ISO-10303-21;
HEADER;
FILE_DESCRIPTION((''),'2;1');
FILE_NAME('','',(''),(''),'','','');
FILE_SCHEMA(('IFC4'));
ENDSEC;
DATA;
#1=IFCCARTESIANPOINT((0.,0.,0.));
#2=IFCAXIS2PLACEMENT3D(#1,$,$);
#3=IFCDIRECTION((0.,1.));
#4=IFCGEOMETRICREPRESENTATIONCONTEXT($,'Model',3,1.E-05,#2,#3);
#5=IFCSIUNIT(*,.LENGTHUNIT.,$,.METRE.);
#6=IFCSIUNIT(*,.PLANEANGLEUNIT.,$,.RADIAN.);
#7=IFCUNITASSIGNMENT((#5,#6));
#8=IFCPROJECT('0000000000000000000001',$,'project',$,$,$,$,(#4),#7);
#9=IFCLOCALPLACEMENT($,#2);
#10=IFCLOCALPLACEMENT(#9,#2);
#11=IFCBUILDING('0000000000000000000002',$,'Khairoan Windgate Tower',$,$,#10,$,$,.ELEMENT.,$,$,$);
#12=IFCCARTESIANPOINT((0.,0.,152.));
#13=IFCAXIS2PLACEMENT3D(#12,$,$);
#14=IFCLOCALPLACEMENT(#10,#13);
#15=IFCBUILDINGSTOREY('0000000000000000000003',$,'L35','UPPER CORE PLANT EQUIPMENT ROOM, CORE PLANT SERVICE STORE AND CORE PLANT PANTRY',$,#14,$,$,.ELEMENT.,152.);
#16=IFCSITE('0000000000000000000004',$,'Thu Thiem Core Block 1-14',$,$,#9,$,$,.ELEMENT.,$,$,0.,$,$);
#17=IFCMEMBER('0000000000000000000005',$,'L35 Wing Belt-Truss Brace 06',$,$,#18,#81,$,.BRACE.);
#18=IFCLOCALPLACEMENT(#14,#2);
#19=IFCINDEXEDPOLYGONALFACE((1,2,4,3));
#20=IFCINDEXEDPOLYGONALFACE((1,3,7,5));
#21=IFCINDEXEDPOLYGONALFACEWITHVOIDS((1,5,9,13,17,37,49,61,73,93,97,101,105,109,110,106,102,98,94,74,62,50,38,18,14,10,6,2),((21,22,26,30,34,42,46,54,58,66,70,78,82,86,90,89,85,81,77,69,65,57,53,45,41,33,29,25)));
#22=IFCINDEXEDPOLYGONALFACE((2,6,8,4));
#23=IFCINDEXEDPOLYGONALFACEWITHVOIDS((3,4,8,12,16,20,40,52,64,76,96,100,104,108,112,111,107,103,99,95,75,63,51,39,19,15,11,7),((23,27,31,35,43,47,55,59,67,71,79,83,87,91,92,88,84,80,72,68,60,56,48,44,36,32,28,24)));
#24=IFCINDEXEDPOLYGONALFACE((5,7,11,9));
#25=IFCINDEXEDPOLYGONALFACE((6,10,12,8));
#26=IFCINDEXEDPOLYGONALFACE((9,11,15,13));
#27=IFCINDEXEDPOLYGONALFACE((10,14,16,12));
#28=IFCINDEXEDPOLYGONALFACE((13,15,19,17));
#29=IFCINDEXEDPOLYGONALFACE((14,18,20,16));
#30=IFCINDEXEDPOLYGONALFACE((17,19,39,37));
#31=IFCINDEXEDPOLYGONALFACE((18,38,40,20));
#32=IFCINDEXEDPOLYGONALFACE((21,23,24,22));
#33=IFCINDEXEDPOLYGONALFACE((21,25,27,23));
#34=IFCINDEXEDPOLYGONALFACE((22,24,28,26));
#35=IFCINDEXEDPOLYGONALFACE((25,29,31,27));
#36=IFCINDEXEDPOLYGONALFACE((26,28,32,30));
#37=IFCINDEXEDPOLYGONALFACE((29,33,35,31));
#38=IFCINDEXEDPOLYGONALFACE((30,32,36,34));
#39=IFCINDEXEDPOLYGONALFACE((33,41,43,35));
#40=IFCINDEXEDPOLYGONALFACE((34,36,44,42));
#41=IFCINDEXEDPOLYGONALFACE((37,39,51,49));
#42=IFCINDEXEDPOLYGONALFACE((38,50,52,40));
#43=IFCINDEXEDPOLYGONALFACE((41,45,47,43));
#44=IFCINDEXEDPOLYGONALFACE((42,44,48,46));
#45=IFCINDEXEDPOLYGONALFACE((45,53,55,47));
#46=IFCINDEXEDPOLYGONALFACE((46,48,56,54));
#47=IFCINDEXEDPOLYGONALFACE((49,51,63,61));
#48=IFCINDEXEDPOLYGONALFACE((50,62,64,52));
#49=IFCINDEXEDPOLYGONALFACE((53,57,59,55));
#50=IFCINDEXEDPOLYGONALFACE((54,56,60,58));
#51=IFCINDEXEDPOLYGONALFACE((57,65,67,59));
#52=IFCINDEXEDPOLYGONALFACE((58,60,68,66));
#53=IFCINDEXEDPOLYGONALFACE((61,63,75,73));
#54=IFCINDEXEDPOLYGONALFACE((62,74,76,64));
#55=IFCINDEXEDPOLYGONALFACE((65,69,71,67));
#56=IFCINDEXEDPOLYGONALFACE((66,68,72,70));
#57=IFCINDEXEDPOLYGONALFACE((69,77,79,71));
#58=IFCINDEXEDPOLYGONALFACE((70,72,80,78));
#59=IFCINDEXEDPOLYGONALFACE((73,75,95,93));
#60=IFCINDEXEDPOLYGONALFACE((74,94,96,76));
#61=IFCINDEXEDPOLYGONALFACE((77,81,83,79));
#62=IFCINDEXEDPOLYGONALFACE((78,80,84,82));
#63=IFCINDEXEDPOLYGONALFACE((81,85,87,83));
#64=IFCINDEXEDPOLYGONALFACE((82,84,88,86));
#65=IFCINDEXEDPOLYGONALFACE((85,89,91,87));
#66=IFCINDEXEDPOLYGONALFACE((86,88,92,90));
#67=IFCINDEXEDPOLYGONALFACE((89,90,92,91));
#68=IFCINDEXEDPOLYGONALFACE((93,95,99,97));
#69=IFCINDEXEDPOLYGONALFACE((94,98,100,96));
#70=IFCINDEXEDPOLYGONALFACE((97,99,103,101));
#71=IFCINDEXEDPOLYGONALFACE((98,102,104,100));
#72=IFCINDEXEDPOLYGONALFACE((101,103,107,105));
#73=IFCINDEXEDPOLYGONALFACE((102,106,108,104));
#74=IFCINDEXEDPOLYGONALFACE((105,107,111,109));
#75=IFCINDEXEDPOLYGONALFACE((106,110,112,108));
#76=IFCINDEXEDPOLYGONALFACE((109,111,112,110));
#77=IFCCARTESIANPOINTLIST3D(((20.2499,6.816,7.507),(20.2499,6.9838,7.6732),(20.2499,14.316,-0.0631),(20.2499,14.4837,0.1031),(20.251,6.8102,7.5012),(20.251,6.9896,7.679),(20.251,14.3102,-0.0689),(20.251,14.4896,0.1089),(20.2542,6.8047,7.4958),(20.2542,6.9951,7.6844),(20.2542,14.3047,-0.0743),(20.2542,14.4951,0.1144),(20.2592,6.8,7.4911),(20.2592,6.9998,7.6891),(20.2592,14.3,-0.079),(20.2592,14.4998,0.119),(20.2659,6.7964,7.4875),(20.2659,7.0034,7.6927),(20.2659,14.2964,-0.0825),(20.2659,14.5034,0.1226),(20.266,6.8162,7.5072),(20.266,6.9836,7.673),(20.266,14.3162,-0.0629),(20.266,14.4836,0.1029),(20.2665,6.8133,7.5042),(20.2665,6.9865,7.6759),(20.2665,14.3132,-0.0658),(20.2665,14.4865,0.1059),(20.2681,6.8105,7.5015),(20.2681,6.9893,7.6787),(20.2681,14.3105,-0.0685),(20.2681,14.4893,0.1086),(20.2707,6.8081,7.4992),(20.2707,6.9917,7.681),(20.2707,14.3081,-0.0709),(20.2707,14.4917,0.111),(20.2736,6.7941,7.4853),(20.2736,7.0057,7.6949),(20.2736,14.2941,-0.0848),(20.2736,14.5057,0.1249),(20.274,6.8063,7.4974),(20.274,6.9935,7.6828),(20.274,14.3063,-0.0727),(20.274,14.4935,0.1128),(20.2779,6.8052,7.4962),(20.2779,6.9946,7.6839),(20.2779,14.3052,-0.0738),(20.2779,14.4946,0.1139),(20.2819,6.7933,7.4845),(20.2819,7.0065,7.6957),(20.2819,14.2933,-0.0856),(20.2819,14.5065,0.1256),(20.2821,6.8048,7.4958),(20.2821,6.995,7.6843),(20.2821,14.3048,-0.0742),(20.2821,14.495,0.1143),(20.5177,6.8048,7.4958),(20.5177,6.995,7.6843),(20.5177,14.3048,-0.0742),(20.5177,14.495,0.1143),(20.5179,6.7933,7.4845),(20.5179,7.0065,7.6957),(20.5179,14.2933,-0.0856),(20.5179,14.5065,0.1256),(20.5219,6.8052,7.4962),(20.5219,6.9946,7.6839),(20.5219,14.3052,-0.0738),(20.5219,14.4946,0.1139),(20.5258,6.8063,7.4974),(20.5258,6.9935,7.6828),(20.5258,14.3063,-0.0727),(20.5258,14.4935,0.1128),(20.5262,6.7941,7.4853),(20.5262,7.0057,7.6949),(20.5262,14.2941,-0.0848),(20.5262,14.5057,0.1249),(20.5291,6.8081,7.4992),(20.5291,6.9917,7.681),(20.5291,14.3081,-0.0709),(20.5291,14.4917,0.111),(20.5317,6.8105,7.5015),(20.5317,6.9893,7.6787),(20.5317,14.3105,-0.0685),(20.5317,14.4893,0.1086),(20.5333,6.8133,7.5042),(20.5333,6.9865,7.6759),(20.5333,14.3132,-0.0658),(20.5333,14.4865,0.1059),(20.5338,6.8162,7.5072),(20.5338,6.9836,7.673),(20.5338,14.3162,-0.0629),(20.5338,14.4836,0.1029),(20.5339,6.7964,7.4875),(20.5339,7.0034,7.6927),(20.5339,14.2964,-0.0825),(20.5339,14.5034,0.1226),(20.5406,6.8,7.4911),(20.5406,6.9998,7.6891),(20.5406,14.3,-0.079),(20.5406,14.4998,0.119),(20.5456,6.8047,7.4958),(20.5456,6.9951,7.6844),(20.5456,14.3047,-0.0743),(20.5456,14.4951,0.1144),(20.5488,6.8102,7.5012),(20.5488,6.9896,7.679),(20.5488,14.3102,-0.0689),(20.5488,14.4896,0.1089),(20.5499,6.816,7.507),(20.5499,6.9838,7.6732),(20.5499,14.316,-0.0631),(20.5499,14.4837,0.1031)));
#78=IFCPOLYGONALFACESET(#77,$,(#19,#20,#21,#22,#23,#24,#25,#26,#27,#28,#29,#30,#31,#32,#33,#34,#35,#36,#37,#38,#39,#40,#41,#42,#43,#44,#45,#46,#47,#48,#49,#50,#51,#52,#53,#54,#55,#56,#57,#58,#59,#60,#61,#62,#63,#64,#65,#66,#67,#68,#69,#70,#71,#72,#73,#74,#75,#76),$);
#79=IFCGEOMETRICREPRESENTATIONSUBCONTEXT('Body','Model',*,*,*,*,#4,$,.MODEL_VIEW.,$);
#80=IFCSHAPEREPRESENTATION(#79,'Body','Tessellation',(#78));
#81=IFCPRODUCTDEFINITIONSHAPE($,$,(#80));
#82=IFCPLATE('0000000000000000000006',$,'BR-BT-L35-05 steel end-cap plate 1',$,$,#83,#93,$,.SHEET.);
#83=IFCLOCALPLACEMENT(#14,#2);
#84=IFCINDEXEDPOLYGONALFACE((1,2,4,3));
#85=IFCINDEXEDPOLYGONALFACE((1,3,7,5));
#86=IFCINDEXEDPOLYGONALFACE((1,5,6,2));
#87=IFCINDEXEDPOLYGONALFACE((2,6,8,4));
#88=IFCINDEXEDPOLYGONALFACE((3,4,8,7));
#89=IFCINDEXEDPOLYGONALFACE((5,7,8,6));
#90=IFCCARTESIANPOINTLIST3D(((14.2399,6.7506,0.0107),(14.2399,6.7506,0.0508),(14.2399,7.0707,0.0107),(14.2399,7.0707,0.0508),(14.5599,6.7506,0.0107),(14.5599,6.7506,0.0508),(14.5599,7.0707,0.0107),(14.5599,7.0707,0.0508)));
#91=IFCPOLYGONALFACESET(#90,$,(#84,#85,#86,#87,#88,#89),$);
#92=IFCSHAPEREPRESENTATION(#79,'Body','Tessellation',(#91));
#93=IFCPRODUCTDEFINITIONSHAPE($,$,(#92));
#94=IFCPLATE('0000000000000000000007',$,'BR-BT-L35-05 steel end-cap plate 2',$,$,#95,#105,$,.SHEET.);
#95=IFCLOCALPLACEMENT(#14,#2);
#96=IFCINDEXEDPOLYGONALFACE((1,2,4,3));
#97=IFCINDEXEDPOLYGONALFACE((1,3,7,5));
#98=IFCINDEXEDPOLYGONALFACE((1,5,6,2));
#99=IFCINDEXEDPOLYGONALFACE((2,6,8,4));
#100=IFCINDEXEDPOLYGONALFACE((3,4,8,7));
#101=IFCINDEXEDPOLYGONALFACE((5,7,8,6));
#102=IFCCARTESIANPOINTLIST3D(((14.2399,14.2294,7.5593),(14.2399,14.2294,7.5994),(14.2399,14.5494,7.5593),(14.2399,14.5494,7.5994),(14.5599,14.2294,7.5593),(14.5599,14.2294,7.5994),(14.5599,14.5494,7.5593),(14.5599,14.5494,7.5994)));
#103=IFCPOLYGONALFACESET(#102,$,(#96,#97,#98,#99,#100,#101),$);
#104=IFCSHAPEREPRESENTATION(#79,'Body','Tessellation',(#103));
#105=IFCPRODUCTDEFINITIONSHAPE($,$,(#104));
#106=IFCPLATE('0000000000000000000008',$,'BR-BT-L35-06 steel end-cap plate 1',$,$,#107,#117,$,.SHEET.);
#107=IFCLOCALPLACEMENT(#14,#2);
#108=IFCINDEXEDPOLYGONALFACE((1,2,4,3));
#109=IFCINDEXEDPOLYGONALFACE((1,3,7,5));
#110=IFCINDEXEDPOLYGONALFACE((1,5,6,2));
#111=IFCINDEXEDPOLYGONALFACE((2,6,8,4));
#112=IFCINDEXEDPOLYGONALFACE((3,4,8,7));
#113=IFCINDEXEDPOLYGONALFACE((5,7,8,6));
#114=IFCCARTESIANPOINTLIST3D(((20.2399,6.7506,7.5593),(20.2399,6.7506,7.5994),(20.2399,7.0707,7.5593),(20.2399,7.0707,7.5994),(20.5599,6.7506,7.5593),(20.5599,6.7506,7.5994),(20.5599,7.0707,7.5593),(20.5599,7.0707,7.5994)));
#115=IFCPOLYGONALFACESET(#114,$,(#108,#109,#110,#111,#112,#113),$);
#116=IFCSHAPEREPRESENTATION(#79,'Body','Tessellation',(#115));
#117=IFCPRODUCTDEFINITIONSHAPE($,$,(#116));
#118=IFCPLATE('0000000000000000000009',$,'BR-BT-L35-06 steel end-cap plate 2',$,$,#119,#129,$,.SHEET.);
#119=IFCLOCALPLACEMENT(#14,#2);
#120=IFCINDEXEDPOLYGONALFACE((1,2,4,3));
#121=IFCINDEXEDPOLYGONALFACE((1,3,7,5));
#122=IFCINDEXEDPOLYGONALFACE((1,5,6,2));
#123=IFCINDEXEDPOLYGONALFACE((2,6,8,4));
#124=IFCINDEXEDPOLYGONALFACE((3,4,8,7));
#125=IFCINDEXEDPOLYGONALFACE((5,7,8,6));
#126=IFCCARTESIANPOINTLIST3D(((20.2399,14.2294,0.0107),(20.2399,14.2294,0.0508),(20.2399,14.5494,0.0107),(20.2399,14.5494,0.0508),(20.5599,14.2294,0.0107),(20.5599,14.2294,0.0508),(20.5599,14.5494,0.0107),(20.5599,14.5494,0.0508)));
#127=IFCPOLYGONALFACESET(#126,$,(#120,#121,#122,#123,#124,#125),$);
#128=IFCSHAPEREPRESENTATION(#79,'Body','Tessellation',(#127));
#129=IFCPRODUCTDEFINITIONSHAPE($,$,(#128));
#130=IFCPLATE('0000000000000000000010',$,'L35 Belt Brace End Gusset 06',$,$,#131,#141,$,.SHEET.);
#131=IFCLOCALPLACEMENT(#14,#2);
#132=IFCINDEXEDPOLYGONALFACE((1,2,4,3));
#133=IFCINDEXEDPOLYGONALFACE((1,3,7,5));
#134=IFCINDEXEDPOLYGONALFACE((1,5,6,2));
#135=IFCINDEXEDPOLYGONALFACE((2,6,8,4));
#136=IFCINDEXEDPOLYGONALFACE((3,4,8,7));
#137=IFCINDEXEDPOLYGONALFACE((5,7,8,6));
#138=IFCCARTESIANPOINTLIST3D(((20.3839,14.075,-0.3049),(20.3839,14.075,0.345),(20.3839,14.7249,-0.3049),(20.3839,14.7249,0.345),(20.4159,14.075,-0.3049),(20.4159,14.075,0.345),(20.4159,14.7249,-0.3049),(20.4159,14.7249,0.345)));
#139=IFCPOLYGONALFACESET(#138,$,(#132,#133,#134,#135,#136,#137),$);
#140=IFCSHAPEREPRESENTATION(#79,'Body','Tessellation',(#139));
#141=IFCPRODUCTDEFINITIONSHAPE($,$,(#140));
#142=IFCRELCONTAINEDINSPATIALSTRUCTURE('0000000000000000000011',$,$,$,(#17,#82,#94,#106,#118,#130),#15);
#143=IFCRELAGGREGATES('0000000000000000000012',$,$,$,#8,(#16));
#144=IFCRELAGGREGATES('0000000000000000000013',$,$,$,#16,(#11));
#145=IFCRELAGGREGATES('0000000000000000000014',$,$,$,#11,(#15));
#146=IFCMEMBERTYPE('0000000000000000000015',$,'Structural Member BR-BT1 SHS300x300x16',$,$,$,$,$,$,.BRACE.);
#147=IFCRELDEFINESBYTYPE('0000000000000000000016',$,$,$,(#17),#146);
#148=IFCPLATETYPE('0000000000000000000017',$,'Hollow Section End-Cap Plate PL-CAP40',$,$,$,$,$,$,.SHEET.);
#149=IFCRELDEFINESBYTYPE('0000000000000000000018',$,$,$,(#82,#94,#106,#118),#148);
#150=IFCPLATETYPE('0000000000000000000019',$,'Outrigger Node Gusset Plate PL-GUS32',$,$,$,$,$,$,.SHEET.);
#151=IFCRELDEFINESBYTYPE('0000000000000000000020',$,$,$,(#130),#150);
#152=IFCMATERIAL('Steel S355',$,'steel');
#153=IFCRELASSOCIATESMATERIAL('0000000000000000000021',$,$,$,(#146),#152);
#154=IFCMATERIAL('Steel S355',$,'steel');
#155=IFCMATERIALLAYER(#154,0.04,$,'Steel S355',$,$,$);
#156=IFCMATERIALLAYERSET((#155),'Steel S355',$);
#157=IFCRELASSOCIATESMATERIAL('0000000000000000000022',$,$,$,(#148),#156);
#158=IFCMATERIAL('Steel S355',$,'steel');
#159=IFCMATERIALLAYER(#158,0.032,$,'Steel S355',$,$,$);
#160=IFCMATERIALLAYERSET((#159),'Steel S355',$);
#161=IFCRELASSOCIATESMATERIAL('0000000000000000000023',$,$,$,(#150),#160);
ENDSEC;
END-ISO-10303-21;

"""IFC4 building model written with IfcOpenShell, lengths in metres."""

from ifc_helpers import new_model, si_unit, direction, frame, origin, origin_2d, place, context, subcontext, project, spatial, rectangle, hollow_rectangle, extrude, material, layer, layer_set, material_profile, profile_set, type_object, element, save


model = new_model("IFC4")

# Units and contexts
model_context = context("Model", 3, precision=1e-05, world=origin(), true_north=direction((0.0, 1.0)))
body_context = subcontext(model_context, "Body", "Model", "MODEL_VIEW")
ifc_project = project(units=[si_unit("LENGTHUNIT", "METRE"), si_unit("PLANEANGLEUNIT", "RADIAN")], contexts=[model_context])

# Site, building, storey
site_placement = place(None, origin())
site = spatial("IfcSite", under=ifc_project, at=site_placement, Name="Thu Thiem Core Block 1-14", CompositionType="ELEMENT", RefElevation=0.0)
building_placement = place(site_placement, origin())
building = spatial("IfcBuilding", under=site, at=building_placement, Name="Khairoan Windgate Tower", CompositionType="ELEMENT")
storey_placement = place(building_placement, frame((0.0, 0.0, 152.0)))
storey = spatial("IfcBuildingStorey", under=building, at=storey_placement, Name="L35", Description="UPPER CORE PLANT EQUIPMENT ROOM, CORE PLANT SERVICE STORE AND CORE PLANT PANTRY", CompositionType="ELEMENT", Elevation=152.0)

# Member
ifc_material_1 = material(Name="Steel S355", Category="steel")
ifc_material_profile_1 = material_profile(ifc_material_1, hollow_rectangle(XDim=0.3, YDim=0.3, WallThickness=0.0161, InnerFilletRadius=0.0161, OuterFilletRadius=0.032, at=origin_2d()))
ifc_profile_set_1 = profile_set([ifc_material_profile_1], Name="Steel S355")
member_type = type_object("IfcMemberType", Name="Structural Member BR-BT1 SHS300x300x16", PredefinedType="BRACE", material=ifc_profile_set_1)
member_placement = place(storey_placement, frame((20.3999, 6.8999, 7.5901), z_axis=(0.0, 0.703811, -0.710387), x_axis=(0.0, 0.710387, 0.703811)))
element("IfcMember", 1, at=member_placement, inside=storey, type_object=member_type, Name="L35 Wing Belt-Truss Brace 06", PredefinedType="BRACE", context=body_context, shape_type="SweptSolid", body=[
    extrude(hollow_rectangle(XDim=0.3, YDim=0.3, WallThickness=0.0161, InnerFilletRadius=0.0161, OuterFilletRadius=0.032, at=origin_2d()), origin(), (0.0, 0.0, 1.0), 10.6562),
])

# Plates
ifc_material_2 = material(Name="Steel S355", Category="steel")
ifc_layer_1 = layer(ifc_material_2, 0.04, Name="Steel S355")
ifc_layer_set_1 = layer_set([ifc_layer_1], Name="Steel S355")
plate_type_1 = type_object("IfcPlateType", Name="Hollow Section End-Cap Plate PL-CAP40", PredefinedType="SHEET", material=ifc_layer_set_1)
for number, where, z_axis, x_axis, name in (
    (2, (14.3999, 6.9106, 0.0107), (0.0, 0.0, 1.0), (0.0, 1.0, 0.0), "BR-BT-L35-05 steel end-cap plate 1"),
    (3, (14.3999, 14.3894, 7.5593), (0.0, 0.0, 1.0), (0.0, 1.0, 0.0), "BR-BT-L35-05 steel end-cap plate 2"),
    (4, (20.3999, 6.9106, 7.5593), (0.0, 0.0, 1.0), (0.0, 1.0, 0.0), "BR-BT-L35-06 steel end-cap plate 1"),
    (5, (20.3999, 14.3894, 0.0107), (0.0, 0.0, 1.0), (0.0, 1.0, 0.0), "BR-BT-L35-06 steel end-cap plate 2"),
):
    element("IfcPlate", number, at=place(storey_placement, frame(where, z_axis=z_axis, x_axis=x_axis)), inside=storey, type_object=plate_type_1, Name=name, PredefinedType="SHEET", context=body_context, shape_type="SweptSolid", body=[
        extrude(rectangle(XDim=0.3201, YDim=0.3201, at=origin_2d()), origin(), (0.0, 0.0, 1.0), 0.04),
    ])
ifc_material_3 = material(Name="Steel S355", Category="steel")
ifc_layer_2 = layer(ifc_material_3, 0.032, Name="Steel S355")
ifc_layer_set_2 = layer_set([ifc_layer_2], Name="Steel S355")
plate_type_2 = type_object("IfcPlateType", Name="Outrigger Node Gusset Plate PL-GUS32", PredefinedType="SHEET", material=ifc_layer_set_2)
plate_placement = place(storey_placement, frame((20.3999, 14.3999, -0.3049), z_axis=(0.0, 0.0, 1.0), x_axis=(1.0, 0.0, 0.0)))
element("IfcPlate", 6, at=plate_placement, inside=storey, type_object=plate_type_2, Name="L35 Belt Brace End Gusset 06", PredefinedType="SHEET", context=body_context, shape_type="SweptSolid", body=[
    extrude(rectangle(XDim=0.032, YDim=0.6499, at=origin_2d()), origin(), (0.0, 0.0, 1.0), 0.6499),
])

save(model, "model.ifc")
